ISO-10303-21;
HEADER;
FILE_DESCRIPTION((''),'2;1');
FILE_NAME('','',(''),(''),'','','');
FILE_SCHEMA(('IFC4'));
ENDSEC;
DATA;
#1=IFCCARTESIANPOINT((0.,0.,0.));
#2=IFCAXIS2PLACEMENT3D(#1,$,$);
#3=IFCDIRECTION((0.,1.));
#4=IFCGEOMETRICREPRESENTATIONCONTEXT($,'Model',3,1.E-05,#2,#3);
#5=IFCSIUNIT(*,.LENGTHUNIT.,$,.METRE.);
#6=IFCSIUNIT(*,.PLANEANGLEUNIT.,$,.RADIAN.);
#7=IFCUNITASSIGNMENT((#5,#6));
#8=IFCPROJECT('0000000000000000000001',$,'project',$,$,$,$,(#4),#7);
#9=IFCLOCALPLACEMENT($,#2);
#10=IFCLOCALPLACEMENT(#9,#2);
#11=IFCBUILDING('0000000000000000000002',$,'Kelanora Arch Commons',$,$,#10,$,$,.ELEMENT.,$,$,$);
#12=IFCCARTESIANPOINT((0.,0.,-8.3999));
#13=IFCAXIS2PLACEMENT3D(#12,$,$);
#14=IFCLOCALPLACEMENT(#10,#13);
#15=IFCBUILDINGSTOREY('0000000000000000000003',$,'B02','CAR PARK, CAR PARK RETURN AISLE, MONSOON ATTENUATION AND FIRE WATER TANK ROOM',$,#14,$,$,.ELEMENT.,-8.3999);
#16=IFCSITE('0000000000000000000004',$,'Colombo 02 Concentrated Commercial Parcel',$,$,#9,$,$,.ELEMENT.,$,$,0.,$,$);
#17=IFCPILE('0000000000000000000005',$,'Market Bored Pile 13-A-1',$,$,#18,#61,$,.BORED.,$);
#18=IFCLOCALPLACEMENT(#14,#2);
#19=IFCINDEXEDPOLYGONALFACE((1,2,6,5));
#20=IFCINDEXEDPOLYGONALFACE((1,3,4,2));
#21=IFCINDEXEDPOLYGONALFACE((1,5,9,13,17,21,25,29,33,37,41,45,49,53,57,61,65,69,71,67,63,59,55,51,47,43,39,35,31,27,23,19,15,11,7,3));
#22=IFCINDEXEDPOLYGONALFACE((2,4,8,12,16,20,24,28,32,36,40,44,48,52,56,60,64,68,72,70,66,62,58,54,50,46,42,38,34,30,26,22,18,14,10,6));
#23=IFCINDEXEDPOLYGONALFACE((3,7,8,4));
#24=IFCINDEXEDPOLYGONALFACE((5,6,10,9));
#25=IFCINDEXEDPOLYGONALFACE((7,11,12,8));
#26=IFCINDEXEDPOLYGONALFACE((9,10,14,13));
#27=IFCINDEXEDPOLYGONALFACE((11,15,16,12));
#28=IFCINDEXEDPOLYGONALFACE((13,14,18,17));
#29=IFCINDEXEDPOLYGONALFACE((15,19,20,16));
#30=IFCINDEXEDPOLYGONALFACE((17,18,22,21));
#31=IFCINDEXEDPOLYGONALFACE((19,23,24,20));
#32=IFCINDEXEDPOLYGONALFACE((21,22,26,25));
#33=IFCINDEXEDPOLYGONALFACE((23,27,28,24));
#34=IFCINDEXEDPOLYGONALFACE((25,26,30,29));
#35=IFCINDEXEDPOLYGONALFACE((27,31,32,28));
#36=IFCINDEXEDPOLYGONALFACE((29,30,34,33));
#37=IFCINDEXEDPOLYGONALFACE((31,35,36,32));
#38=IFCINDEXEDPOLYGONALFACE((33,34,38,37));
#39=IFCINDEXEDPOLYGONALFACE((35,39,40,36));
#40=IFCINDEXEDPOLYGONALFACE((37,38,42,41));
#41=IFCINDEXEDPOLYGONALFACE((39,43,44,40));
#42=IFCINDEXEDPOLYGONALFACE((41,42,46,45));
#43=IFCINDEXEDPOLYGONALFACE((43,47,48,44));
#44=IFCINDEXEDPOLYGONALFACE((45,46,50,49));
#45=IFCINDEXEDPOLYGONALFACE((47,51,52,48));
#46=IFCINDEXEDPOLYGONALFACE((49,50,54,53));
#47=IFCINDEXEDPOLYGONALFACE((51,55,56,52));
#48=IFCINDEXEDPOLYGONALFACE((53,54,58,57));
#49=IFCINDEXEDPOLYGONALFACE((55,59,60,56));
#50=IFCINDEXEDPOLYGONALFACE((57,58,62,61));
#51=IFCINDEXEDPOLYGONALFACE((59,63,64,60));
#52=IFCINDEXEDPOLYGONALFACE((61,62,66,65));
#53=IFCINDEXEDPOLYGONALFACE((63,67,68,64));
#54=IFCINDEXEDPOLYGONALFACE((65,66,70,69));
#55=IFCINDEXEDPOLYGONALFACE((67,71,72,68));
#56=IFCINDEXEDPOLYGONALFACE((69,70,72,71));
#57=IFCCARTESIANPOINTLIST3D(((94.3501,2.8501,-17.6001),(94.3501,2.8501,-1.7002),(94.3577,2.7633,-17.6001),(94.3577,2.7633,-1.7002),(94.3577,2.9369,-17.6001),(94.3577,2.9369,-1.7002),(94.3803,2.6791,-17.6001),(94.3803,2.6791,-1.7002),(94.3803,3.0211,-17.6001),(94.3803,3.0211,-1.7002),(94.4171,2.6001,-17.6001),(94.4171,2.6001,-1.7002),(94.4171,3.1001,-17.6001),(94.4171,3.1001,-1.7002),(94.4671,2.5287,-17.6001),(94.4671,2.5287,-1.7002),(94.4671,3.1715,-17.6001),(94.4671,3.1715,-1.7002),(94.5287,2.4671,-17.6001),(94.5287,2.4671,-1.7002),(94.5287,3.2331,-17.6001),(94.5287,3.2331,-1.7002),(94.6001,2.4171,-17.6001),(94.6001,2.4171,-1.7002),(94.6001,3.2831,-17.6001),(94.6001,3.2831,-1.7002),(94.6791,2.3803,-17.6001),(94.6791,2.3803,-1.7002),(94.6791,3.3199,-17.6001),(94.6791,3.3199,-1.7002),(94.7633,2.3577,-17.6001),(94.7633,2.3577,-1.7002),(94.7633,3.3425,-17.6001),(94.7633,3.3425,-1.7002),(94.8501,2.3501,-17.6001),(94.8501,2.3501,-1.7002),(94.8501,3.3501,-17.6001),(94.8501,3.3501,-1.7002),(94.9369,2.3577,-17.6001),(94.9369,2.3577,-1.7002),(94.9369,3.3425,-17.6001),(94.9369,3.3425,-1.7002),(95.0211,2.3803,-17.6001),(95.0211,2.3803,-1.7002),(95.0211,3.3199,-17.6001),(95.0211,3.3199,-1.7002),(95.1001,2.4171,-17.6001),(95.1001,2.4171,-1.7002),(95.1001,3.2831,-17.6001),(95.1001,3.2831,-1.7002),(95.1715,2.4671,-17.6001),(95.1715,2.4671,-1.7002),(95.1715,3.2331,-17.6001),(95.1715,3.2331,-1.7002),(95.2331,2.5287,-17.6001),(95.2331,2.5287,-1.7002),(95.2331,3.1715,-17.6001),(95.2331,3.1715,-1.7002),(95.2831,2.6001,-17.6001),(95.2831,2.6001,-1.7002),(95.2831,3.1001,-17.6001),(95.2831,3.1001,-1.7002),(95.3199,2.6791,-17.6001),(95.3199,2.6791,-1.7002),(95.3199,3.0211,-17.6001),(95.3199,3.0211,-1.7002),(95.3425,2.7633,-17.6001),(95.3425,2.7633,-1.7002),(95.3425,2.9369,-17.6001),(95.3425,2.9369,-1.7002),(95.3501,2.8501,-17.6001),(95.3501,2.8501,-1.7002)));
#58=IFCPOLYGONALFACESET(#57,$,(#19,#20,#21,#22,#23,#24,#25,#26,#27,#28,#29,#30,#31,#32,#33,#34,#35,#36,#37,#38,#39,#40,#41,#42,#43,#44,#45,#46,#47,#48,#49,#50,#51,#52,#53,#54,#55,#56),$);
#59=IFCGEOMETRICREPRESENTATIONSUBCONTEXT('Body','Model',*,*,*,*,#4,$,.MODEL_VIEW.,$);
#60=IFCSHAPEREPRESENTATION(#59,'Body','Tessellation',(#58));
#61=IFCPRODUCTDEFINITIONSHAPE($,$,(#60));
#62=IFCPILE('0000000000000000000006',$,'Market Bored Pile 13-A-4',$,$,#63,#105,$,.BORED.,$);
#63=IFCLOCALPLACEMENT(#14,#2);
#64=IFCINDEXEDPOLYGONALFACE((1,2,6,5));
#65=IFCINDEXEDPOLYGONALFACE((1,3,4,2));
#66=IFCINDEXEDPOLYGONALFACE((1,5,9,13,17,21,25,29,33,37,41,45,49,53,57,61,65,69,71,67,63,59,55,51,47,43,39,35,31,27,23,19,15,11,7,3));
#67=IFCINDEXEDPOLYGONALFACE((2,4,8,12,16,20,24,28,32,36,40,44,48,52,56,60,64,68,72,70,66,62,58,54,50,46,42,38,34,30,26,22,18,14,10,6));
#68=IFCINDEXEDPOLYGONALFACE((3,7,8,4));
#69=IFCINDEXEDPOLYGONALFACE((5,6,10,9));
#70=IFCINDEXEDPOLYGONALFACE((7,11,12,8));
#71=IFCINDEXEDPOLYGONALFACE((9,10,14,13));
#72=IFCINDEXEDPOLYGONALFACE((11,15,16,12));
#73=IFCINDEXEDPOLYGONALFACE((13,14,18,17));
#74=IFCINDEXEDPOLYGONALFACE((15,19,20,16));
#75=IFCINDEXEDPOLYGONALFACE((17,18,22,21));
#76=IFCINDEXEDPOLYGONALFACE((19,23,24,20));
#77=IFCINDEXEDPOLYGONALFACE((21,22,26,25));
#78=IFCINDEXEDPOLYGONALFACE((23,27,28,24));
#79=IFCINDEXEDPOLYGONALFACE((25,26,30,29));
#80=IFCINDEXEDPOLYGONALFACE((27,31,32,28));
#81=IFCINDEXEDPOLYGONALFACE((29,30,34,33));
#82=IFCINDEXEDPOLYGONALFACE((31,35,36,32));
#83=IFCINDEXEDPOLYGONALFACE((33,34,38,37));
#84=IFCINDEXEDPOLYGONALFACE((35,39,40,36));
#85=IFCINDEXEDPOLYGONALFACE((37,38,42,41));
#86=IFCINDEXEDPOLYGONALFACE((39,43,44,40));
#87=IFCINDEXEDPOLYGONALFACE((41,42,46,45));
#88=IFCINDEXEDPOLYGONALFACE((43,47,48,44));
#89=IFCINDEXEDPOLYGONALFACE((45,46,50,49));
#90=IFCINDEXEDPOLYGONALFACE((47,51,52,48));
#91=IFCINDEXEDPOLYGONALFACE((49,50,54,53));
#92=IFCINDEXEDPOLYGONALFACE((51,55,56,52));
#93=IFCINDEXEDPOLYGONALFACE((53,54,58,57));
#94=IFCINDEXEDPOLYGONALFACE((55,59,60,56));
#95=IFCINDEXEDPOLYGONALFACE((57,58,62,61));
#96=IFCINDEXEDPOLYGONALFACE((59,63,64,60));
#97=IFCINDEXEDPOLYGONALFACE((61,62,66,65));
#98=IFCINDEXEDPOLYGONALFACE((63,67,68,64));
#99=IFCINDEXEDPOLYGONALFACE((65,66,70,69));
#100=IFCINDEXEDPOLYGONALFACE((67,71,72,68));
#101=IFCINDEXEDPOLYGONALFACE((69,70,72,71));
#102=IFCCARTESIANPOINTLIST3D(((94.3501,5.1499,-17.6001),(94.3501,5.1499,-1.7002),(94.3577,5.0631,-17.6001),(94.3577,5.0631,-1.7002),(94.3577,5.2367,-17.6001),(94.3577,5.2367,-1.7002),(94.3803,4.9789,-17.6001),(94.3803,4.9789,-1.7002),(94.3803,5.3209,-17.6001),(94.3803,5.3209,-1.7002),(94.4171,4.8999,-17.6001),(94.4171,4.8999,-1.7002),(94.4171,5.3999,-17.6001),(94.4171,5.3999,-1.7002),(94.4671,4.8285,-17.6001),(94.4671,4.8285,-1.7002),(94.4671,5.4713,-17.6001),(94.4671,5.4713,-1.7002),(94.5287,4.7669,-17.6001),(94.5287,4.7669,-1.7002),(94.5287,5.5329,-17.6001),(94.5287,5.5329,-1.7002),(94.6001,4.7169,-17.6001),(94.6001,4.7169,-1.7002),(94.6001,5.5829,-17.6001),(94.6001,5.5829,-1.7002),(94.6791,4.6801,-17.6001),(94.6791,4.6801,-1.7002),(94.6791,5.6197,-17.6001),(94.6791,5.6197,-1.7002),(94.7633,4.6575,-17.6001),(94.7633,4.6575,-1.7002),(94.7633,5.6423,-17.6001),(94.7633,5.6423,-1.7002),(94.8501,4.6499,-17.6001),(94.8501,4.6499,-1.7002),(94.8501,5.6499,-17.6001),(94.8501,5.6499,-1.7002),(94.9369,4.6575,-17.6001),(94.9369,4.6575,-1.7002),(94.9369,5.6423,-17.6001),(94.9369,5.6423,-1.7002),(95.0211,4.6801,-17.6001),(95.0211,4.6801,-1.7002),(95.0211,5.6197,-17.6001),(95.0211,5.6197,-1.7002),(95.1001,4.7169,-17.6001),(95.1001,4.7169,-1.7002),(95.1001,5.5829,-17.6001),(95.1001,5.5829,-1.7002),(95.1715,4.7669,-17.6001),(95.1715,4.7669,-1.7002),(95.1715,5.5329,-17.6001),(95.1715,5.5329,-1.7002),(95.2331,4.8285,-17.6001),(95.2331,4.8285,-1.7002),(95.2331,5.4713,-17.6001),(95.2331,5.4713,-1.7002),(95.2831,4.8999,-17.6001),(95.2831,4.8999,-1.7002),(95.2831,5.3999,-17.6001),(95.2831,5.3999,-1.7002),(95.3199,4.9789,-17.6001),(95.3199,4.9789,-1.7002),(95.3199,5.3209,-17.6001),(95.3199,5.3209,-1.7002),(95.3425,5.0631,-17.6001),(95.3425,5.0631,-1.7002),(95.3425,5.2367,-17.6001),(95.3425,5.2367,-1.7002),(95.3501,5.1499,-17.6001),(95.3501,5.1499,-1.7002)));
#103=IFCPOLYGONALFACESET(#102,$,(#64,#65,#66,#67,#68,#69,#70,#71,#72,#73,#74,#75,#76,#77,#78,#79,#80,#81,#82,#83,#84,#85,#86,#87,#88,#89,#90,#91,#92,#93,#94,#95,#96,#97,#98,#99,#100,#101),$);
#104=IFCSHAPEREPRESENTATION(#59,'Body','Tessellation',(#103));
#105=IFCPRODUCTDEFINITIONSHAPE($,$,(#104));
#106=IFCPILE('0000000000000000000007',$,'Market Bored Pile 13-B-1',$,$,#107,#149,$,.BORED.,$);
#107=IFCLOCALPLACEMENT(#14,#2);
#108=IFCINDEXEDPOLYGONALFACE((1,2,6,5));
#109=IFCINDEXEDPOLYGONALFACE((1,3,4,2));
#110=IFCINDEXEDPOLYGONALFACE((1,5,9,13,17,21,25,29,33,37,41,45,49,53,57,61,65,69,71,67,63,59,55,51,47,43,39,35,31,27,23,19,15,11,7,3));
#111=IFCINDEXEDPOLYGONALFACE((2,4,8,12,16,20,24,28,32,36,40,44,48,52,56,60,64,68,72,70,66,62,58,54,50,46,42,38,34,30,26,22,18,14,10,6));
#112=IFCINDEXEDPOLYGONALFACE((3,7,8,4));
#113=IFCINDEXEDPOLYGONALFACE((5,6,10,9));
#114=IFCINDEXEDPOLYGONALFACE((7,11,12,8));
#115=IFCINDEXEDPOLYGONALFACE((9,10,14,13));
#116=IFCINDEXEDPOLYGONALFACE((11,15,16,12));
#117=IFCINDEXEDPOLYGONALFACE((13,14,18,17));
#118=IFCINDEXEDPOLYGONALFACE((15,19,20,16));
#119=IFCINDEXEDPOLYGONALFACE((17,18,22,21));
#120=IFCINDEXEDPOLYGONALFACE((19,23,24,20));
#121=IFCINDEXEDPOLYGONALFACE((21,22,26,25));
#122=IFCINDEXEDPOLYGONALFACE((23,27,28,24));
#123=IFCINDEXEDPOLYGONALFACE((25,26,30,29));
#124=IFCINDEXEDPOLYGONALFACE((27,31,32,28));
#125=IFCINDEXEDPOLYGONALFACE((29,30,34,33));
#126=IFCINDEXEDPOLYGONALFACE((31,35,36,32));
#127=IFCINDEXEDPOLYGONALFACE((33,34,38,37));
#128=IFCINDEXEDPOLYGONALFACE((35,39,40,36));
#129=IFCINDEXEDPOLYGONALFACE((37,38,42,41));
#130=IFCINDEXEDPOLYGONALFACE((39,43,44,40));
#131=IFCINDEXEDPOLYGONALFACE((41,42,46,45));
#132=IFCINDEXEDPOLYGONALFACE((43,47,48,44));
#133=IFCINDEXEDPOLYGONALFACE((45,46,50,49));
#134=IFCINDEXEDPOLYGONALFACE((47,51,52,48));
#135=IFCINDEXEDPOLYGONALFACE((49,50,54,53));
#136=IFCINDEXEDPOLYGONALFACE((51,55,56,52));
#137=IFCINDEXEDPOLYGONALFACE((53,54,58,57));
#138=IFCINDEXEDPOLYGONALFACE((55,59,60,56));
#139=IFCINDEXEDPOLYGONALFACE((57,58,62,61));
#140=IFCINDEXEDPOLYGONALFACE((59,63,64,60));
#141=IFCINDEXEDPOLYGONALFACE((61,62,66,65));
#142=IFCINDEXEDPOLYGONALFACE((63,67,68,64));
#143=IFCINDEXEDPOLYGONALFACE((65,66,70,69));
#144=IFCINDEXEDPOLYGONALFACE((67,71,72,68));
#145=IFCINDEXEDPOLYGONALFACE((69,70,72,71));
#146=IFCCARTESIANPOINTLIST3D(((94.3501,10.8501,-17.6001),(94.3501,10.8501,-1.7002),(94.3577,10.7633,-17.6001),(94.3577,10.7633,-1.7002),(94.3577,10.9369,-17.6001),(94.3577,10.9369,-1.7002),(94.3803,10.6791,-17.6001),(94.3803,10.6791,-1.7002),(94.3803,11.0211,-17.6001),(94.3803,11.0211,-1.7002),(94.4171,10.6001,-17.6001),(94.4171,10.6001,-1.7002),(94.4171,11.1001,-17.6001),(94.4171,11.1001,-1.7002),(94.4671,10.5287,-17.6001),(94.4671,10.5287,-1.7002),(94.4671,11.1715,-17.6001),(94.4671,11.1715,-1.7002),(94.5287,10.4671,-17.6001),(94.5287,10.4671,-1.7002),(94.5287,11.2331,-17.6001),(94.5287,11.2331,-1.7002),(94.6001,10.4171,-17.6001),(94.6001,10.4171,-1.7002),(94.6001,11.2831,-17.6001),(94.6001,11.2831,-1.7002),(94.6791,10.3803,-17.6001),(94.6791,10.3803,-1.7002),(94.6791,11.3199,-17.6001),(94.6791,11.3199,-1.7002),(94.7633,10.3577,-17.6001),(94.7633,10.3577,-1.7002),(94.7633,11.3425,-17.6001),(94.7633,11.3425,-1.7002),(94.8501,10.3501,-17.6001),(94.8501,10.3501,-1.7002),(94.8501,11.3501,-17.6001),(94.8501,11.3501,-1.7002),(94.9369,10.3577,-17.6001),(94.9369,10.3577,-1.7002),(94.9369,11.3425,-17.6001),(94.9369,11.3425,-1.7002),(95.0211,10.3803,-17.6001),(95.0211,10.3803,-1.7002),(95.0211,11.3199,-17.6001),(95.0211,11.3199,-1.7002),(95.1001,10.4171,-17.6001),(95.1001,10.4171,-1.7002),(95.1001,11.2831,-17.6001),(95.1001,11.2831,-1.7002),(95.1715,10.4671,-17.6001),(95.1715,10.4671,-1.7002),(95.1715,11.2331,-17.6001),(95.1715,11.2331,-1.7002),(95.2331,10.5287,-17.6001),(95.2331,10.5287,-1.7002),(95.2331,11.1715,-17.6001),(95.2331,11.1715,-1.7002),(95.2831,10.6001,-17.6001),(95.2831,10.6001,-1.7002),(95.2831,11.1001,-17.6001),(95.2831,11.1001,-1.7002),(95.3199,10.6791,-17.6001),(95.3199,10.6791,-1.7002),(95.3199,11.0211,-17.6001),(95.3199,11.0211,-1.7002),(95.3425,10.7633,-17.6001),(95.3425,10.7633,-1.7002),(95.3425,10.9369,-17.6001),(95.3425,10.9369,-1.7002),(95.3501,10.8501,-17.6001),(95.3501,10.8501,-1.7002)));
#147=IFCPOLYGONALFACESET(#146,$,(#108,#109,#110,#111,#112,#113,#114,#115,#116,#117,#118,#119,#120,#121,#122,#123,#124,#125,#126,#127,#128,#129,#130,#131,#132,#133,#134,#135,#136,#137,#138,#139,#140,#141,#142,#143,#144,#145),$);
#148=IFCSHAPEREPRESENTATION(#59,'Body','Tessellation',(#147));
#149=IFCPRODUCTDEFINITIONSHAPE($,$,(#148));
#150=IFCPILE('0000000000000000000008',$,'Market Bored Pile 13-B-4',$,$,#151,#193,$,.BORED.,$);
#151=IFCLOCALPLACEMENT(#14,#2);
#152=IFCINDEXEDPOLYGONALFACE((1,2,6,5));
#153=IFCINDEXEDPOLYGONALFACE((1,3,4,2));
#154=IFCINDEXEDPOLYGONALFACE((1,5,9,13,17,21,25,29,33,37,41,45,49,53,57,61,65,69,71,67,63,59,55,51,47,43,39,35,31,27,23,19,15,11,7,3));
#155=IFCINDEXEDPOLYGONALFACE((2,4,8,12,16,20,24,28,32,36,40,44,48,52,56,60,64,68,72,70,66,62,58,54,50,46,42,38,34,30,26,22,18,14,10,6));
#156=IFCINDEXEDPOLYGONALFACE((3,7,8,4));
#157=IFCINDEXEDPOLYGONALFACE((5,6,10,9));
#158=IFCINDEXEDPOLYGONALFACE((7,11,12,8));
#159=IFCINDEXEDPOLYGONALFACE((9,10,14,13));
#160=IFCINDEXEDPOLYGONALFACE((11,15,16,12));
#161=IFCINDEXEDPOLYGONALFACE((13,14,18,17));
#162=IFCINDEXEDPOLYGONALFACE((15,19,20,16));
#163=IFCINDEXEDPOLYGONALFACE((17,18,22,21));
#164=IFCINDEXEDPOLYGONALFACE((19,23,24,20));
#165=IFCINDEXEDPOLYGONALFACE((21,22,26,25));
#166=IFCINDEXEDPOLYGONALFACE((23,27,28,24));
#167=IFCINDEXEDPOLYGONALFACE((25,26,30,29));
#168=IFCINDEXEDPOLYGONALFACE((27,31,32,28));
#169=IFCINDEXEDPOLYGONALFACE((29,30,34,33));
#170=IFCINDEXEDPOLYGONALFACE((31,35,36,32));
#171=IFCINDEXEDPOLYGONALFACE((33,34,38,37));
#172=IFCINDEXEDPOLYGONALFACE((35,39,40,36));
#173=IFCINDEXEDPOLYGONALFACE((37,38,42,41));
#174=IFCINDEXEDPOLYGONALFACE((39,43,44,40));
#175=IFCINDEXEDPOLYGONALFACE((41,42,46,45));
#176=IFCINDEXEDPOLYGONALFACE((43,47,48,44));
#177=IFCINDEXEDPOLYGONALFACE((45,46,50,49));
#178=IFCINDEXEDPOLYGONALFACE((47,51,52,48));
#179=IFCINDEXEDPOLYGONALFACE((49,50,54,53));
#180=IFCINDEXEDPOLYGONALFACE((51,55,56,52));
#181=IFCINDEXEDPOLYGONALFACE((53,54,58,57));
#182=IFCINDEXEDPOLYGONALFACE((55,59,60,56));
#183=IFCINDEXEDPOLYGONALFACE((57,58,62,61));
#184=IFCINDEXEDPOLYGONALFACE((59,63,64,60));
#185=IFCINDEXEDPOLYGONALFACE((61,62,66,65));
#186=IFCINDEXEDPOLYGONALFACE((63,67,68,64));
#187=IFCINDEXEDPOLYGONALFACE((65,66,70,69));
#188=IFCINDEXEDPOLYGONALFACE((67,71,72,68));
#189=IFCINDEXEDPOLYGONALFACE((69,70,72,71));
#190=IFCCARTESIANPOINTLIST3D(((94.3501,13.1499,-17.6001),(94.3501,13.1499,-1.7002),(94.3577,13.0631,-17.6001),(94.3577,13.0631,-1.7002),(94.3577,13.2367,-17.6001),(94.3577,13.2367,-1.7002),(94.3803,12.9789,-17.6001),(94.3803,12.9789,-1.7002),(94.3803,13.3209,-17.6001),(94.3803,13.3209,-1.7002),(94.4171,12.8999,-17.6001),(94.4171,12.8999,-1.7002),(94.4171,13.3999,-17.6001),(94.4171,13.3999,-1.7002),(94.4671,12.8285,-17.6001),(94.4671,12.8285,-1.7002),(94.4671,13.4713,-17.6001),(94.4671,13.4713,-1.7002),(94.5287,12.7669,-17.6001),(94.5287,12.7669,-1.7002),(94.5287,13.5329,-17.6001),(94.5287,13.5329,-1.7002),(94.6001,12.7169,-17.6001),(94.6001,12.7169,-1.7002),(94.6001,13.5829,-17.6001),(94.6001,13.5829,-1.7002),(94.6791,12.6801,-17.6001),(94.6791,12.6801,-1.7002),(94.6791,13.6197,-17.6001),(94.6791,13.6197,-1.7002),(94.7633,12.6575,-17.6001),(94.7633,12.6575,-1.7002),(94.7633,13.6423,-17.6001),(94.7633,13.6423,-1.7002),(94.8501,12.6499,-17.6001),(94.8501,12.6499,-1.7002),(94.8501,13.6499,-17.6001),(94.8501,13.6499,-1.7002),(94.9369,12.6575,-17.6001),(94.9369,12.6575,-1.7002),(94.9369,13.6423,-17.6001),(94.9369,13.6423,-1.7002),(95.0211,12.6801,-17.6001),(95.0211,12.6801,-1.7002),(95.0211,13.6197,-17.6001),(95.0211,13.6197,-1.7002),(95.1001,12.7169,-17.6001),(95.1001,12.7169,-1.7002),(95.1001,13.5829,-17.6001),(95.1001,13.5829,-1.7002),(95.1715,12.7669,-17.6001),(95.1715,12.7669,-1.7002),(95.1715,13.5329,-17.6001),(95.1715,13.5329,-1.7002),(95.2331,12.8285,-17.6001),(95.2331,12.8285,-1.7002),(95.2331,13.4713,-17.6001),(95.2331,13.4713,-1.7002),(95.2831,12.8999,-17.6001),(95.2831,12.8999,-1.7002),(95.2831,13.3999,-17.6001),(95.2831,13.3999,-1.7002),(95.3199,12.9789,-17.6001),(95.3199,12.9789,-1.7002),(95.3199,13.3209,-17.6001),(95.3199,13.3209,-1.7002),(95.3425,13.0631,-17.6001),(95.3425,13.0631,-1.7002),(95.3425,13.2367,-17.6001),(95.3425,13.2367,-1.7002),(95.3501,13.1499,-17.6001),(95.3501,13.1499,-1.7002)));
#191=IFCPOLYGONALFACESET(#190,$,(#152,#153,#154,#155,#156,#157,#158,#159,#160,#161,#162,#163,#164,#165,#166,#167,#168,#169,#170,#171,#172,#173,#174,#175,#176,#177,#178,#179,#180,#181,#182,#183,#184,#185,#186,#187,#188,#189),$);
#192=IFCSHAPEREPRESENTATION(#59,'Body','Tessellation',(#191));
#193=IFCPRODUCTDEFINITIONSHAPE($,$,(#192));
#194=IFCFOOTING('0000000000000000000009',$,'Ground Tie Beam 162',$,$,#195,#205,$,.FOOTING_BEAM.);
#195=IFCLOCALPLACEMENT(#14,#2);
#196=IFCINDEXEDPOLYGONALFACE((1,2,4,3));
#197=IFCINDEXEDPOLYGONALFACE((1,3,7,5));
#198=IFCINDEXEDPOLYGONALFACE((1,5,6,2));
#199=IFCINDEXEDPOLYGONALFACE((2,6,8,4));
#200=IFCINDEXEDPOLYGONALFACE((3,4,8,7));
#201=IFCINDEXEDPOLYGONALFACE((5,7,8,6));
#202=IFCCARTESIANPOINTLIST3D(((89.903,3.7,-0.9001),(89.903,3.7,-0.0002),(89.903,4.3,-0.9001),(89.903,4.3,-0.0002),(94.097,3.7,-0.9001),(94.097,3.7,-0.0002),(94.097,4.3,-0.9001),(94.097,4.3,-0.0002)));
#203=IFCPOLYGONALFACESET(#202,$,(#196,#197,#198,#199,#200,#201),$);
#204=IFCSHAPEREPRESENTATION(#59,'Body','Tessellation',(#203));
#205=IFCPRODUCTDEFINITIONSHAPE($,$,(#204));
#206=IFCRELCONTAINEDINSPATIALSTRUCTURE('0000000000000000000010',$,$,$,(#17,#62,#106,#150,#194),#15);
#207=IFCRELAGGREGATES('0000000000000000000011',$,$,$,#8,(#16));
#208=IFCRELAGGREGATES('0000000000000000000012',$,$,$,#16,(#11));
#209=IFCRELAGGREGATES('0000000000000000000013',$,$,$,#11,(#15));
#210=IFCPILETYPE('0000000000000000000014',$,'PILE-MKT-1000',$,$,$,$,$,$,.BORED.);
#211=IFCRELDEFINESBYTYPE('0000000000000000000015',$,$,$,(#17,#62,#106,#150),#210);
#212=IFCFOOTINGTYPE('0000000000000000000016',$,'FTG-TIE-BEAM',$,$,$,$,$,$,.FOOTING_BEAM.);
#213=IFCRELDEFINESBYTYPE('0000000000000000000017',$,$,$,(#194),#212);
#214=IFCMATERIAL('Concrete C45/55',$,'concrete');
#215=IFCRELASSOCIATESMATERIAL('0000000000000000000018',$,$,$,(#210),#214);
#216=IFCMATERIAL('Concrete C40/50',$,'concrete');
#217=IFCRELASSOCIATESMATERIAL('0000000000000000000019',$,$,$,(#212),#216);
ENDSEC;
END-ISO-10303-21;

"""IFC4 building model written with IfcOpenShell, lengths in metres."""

from ifc_helpers import new_model, si_unit, direction, frame, origin, origin_2d, place, context, subcontext, project, spatial, rectangle, circle, extrude, source, transform, mapped, material, material_profile, profile_set, type_object, element, save


model = new_model("IFC4")

# Units and contexts
model_context = context("Model", 3, precision=1e-05, world=origin(), true_north=direction((0.0, 1.0)))
body_context = subcontext(model_context, "Body", "Model", "MODEL_VIEW")
ifc_project = project(units=[si_unit("LENGTHUNIT", "METRE"), si_unit("PLANEANGLEUNIT", "RADIAN")], contexts=[model_context])

# Site, building, storey
site_placement = place(None, origin())
site = spatial("IfcSite", under=ifc_project, at=site_placement, Name="Colombo 02 Concentrated Commercial Parcel", CompositionType="ELEMENT", RefElevation=0.0)
building_placement = place(site_placement, origin())
building = spatial("IfcBuilding", under=site, at=building_placement, Name="Kelanora Arch Commons", CompositionType="ELEMENT")
storey_placement = place(building_placement, frame((0.0, 0.0, -8.3999)))
storey = spatial("IfcBuildingStorey", under=building, at=storey_placement, Name="B02", Description="CAR PARK, CAR PARK RETURN AISLE, MONSOON ATTENUATION AND FIRE WATER TANK ROOM", CompositionType="ELEMENT", Elevation=-8.3999)

# Shared definitions
ifc_material_1 = material(Name="Concrete C40/50", Category="concrete")

# Piles
ifc_material_2 = material(Name="Concrete C45/55", Category="concrete")
ifc_material_profile_1 = material_profile(ifc_material_2, circle(Radius=0.5, at=origin_2d()), Name="PILE1000")
ifc_profile_set_1 = profile_set([ifc_material_profile_1], Name="Concrete C45/55")
pile_type = type_object("IfcPileType", Name="PILE-MKT-1000", PredefinedType="BORED", material=ifc_profile_set_1)
shared_shape_1 = source(origin(), body_context, "Body", "SweptSolid", [
    extrude(circle(Radius=0.5, at=origin_2d()), origin(), (0.0, 0.0, 1.0), 15.8999),
])
for number, where, z_axis, x_axis, name in (
    (1, (94.8501, 2.8501, -1.7002), (0.0, 0.0, -1.0), (1.0, 0.0, 0.0), "Market Bored Pile 13-A-1"),
    (2, (94.8501, 5.1499, -1.7002), (0.0, 0.0, -1.0), (1.0, 0.0, 0.0), "Market Bored Pile 13-A-4"),
    (3, (94.8501, 10.8501, -1.7002), (0.0, 0.0, -1.0), (1.0, 0.0, 0.0), "Market Bored Pile 13-B-1"),
    (4, (94.8501, 13.1499, -1.7002), (0.0, 0.0, -1.0), (1.0, 0.0, 0.0), "Market Bored Pile 13-B-4"),
):
    element("IfcPile", number, at=place(storey_placement, frame(where, z_axis=z_axis, x_axis=x_axis)), inside=storey, type_object=pile_type, Name=name, PredefinedType="BORED", context=body_context, shape_type="MappedRepresentation", body=[
        mapped(shared_shape_1, transform((0.0, 0.0, 0.0), scale=1.0)),
    ])

# Footing
footing_type_1 = type_object("IfcFootingType", Name="FTG-TIE-BEAM", PredefinedType="FOOTING_BEAM", material=ifc_material_1)
shared_shape_2 = source(origin(), body_context, "Body", "SweptSolid", [
    extrude(rectangle(XDim=4.1941, YDim=0.6001, at=origin_2d()), origin(), (0.0, 0.0, 1.0), 0.8999),
])
for number, where, z_axis, x_axis, name in (
    (5, (92.0, 4.0, -0.9001), (0.0, 0.0, 1.0), (1.0, 0.0, 0.0), "Ground Tie Beam 162"),
):
    element("IfcFooting", number, at=place(storey_placement, frame(where, z_axis=z_axis, x_axis=x_axis)), inside=storey, type_object=footing_type_1, Name=name, PredefinedType="FOOTING_BEAM", context=body_context, shape_type="MappedRepresentation", body=[
        mapped(shared_shape_2, transform((0.0, 0.0, 0.0), scale=1.0)),
    ])

save(model, "model.ifc")
